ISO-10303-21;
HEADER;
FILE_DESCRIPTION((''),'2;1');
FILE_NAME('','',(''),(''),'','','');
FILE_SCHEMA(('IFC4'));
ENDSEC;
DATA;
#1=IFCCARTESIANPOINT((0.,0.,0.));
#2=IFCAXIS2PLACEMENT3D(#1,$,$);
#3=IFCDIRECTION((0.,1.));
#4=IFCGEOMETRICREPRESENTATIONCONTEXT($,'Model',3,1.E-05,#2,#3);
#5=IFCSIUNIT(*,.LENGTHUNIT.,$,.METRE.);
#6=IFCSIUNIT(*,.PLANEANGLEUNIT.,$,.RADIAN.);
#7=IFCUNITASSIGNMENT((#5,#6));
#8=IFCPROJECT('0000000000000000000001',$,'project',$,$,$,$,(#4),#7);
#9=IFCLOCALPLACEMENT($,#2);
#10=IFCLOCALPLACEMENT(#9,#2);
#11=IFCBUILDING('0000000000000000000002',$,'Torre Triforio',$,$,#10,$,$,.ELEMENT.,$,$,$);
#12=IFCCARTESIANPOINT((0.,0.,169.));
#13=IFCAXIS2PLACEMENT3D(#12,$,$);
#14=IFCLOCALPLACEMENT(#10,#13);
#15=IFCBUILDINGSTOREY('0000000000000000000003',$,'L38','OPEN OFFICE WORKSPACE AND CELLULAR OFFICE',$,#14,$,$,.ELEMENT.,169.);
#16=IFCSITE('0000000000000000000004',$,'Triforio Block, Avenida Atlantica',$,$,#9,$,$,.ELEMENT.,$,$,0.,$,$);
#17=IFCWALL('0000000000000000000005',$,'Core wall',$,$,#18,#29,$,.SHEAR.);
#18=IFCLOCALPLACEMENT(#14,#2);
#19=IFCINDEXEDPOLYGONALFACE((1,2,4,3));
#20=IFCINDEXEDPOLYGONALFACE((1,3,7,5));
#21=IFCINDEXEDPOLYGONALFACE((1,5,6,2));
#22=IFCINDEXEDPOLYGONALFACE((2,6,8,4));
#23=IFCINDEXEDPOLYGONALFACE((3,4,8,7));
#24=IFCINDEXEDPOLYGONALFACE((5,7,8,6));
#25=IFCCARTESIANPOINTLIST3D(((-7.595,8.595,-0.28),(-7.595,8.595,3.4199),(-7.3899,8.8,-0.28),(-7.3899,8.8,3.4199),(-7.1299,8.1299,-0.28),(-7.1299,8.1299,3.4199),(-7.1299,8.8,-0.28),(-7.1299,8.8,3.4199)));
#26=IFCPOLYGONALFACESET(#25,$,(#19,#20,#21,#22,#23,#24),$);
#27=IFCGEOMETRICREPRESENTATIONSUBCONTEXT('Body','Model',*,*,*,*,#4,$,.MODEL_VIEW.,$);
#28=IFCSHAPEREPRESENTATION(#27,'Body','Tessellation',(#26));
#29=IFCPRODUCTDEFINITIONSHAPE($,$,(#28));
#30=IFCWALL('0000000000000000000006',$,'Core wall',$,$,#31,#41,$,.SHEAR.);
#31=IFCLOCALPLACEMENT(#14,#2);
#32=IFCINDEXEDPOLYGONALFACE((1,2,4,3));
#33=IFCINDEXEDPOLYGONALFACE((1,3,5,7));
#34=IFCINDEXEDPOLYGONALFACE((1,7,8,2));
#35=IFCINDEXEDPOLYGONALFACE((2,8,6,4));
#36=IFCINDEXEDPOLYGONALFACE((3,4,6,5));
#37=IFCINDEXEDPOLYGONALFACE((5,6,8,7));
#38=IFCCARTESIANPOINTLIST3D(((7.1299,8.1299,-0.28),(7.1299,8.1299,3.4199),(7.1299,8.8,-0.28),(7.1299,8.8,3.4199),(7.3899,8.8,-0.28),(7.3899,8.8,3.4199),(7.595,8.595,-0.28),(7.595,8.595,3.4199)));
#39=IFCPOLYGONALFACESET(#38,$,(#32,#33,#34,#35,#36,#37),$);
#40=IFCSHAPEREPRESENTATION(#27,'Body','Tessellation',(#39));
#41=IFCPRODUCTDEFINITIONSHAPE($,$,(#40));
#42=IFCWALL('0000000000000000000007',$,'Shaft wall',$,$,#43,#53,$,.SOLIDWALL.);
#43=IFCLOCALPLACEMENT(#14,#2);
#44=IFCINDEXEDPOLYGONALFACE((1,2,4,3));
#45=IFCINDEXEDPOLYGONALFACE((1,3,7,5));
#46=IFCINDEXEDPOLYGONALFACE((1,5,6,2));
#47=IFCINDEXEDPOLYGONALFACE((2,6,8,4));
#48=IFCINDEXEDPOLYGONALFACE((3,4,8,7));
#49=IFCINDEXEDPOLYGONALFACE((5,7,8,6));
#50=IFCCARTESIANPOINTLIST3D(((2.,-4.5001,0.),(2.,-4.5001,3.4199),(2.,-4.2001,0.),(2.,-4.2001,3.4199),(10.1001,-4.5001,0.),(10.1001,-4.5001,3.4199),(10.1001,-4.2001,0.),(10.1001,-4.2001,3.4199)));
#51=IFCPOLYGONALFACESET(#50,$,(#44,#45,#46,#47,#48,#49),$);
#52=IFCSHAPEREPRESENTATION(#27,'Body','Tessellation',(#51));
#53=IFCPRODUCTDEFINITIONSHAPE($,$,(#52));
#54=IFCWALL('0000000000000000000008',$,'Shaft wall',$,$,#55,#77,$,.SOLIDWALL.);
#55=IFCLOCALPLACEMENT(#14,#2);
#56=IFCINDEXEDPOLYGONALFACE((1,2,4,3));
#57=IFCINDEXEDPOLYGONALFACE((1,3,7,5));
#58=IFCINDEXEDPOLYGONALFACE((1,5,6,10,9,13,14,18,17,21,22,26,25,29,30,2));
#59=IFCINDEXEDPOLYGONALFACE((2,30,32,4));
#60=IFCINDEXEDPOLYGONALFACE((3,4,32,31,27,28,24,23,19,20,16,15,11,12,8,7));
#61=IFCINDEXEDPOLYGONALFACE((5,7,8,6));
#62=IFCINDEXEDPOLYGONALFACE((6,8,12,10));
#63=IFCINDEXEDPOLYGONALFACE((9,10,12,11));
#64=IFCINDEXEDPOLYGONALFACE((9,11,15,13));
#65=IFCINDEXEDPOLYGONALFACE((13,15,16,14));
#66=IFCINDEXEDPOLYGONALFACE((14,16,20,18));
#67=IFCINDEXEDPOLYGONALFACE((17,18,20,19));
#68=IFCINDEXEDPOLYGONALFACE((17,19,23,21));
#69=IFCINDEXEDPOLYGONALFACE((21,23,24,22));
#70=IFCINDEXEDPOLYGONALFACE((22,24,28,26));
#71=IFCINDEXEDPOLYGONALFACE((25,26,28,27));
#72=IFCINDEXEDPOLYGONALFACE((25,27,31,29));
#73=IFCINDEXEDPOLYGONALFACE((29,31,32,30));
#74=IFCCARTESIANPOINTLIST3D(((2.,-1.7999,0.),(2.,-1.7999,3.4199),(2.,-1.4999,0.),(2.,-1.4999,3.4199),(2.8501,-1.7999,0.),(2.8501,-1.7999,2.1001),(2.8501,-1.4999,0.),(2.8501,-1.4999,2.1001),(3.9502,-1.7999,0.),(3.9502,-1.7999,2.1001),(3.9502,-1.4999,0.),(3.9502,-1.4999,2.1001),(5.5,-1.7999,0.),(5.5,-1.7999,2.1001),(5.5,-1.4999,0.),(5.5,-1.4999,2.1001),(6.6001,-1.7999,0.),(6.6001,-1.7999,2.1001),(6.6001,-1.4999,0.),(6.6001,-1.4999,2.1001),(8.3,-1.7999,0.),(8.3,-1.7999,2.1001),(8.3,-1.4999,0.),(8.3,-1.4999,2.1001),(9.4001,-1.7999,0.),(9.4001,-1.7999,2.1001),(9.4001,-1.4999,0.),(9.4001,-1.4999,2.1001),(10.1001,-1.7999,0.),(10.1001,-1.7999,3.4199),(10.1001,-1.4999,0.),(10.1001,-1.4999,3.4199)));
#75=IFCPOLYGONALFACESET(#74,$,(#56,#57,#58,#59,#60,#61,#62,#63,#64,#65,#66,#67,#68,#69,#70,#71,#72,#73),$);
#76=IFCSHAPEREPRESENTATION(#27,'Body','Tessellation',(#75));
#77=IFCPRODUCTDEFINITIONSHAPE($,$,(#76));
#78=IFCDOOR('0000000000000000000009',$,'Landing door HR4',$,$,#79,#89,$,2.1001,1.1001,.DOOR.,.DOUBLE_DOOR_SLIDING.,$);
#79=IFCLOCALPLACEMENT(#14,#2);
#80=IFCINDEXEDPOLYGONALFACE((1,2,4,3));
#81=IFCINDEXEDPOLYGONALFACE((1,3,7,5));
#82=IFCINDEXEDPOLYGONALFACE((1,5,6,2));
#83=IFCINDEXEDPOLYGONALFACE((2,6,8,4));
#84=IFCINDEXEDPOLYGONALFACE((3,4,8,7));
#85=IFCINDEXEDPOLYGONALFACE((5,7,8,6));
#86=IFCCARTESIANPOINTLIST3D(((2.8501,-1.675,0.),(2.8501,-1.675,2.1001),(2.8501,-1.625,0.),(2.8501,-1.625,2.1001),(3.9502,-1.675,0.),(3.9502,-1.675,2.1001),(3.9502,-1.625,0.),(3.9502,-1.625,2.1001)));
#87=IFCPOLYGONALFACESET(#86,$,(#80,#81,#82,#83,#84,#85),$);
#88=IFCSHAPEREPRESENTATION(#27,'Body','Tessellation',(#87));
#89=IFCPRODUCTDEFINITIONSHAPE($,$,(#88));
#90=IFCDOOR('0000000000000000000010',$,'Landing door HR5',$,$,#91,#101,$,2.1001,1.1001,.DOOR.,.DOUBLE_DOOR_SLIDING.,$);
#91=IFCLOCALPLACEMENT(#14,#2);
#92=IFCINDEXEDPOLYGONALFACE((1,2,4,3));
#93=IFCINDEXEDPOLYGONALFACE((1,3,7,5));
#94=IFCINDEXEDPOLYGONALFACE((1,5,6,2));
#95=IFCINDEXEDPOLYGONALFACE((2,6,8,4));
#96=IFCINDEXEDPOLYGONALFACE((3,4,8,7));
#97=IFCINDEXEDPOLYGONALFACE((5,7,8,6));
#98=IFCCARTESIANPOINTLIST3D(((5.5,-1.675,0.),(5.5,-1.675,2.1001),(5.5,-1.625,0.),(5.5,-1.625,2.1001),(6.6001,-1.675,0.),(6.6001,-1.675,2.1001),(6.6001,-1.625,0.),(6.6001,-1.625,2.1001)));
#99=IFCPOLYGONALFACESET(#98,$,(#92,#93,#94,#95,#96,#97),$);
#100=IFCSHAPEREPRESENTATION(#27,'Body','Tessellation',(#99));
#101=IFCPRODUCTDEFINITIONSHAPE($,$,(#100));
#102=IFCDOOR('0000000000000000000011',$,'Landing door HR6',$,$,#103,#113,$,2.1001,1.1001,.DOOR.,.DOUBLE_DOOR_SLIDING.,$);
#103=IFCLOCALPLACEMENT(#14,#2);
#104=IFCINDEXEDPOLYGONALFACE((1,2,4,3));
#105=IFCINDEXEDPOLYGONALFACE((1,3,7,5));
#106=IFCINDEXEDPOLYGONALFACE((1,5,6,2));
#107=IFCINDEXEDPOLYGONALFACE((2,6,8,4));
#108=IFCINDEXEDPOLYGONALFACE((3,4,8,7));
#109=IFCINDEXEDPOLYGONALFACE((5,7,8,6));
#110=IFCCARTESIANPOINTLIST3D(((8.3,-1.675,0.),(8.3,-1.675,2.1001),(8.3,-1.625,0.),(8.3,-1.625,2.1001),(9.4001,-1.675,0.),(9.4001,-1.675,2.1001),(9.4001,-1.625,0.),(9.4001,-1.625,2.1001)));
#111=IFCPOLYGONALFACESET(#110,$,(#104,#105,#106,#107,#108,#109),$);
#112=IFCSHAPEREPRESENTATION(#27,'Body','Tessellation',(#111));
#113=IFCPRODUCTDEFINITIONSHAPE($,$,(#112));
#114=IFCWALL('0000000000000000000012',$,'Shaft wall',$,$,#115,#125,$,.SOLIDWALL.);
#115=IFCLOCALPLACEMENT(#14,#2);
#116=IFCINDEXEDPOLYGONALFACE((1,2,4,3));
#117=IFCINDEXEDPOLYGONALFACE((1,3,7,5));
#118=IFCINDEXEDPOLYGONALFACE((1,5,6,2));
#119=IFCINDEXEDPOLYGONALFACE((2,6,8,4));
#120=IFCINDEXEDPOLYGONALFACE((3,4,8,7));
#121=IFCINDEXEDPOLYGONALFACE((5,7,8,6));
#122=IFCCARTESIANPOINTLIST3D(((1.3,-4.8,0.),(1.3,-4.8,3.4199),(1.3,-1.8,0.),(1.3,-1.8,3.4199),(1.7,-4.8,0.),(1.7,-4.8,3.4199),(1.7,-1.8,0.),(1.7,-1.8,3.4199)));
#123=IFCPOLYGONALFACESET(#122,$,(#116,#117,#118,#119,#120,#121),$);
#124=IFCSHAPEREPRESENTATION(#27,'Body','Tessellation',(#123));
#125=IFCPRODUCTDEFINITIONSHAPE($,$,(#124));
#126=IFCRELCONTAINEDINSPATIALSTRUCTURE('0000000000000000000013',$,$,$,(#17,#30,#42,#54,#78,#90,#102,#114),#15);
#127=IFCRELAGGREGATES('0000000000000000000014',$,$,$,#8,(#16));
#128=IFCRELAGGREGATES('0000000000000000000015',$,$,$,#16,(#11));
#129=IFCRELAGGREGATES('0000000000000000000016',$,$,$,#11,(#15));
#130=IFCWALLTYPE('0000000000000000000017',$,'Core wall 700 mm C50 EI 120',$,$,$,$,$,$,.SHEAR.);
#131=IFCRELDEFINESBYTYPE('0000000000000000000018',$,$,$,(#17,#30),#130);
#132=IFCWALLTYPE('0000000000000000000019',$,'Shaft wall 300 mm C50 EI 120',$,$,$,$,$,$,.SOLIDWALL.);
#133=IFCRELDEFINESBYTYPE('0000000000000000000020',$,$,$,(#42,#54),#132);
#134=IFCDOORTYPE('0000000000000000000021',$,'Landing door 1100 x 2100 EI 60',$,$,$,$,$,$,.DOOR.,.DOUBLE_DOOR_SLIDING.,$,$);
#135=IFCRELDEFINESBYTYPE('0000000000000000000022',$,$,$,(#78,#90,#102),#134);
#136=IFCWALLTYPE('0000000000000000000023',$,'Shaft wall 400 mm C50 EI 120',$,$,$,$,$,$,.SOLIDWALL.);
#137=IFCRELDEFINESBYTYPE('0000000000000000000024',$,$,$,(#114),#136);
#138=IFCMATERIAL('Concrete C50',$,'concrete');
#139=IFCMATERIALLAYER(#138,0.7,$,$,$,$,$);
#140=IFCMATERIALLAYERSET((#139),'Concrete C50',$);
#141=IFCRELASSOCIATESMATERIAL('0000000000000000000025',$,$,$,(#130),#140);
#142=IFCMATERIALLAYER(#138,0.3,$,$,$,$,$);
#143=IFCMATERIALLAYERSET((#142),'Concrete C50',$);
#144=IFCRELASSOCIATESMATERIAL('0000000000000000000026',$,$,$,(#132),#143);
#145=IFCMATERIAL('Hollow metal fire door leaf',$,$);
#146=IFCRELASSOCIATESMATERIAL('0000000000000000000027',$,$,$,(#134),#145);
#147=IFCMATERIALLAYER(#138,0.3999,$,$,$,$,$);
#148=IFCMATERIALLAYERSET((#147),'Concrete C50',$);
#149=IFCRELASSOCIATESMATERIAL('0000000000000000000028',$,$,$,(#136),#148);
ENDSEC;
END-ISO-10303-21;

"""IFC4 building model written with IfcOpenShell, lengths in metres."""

from ifc_helpers import new_model, si_unit, direction, frame, frame_2d, origin, place, context, subcontext, project, spatial, polyline, rectangle, outline, extrude, material, layer, layer_set, type_object, element, fill, save


model = new_model("IFC4")

# Units and contexts
model_context = context("Model", 3, precision=1e-05, world=origin(), true_north=direction((0.0, 1.0)))
body_context = subcontext(model_context, "Body", "Model", "MODEL_VIEW")
ifc_project = project(units=[si_unit("LENGTHUNIT", "METRE"), si_unit("PLANEANGLEUNIT", "RADIAN")], contexts=[model_context])

# Site, building, storey
site_placement = place(None, origin())
site = spatial("IfcSite", under=ifc_project, at=site_placement, Name="Triforio Block, Avenida Atlantica", CompositionType="ELEMENT", RefElevation=0.0)
building_placement = place(site_placement, origin())
building = spatial("IfcBuilding", under=site, at=building_placement, Name="Torre Triforio", CompositionType="ELEMENT")
storey_placement = place(building_placement, frame((0.0, 0.0, 169.0)))
storey = spatial("IfcBuildingStorey", under=building, at=storey_placement, Name="L38", Description="OPEN OFFICE WORKSPACE AND CELLULAR OFFICE", CompositionType="ELEMENT", Elevation=169.0)

# Shared definitions
ifc_material_1 = material(Name="Concrete C50", Category="concrete")

# Walls
ifc_layer_1 = layer(ifc_material_1, 0.7)
ifc_layer_set_1 = layer_set([ifc_layer_1], Name="Concrete C50")
wall_type_1 = type_object("IfcWallType", Name="Core wall 700 mm C50 EI 120", PredefinedType="SHEAR", material=ifc_layer_set_1)
wall_1_placement = place(storey_placement, frame((0.0, 0.0, -0.28)))
element("IfcWall", 1, at=wall_1_placement, inside=storey, type_object=wall_type_1, Name="Core wall", PredefinedType="SHEAR", context=body_context, shape_type="SweptSolid", body=[
    extrude(outline(polyline([(-7.3899, 8.8), (-7.1299, 8.8), (-7.1299, 8.8), (-7.1299, 8.1299), (-7.595, 8.595), (-7.595, 8.595), (-7.595, 8.595), (-7.3899, 8.8)])), origin(), (0.0, 0.0, 1.0), 3.7),
])
wall_2_placement = place(storey_placement, frame((0.0, 0.0, -0.28)))
element("IfcWall", 2, at=wall_2_placement, inside=storey, type_object=wall_type_1, Name="Core wall", PredefinedType="SHEAR", context=body_context, shape_type="SweptSolid", body=[
    extrude(outline(polyline([(7.3899, 8.8), (7.595, 8.595), (7.595, 8.595), (7.595, 8.595), (7.1299, 8.1299), (7.1299, 8.8), (7.1299, 8.8), (7.3899, 8.8)])), origin(), (0.0, 0.0, 1.0), 3.7),
])
ifc_layer_2 = layer(ifc_material_1, 0.3)
ifc_layer_set_2 = layer_set([ifc_layer_2], Name="Concrete C50")
wall_type_2 = type_object("IfcWallType", Name="Shaft wall 300 mm C50 EI 120", PredefinedType="SOLIDWALL", material=ifc_layer_set_2)
wall_3_placement = place(storey_placement, frame((2.0, -4.3501, 0.0), z_axis=(0.0, 0.0, 1.0), x_axis=(1.0, 0.0, 0.0)))
element("IfcWall", 3, at=wall_3_placement, inside=storey, type_object=wall_type_2, Name="Shaft wall", PredefinedType="SOLIDWALL", context=body_context, shape_type="SweptSolid", body=[
    extrude(rectangle(XDim=8.1001, YDim=0.3, at=frame_2d((4.05, 0.0))), origin(), (0.0, 0.0, 1.0), 3.4199),
])

# Wall, openings, doors
wall_4_placement = place(storey_placement, frame((2.0, -1.6499, 0.0), z_axis=(0.0, 0.0, 1.0), x_axis=(1.0, 0.0, 0.0)))
wall_4 = element("IfcWall", 4, at=wall_4_placement, inside=storey, type_object=wall_type_2, Name="Shaft wall", PredefinedType="SOLIDWALL", context=body_context, shape_type="SweptSolid", body=[
    extrude(rectangle(XDim=8.1001, YDim=0.3, at=frame_2d((4.05, 0.0))), origin(), (0.0, 0.0, 1.0), 3.4199),
])
opening_1_placement = place(wall_4_placement, frame((0.8501, 0.0, 0.0)))
opening_1 = element("IfcOpeningElement", 5, at=opening_1_placement, cuts=wall_4, PredefinedType="OPENING", context=body_context, shape_type="SweptSolid", body=[
    extrude(rectangle(XDim=1.1001, YDim=2.1001, at=frame_2d((0.55, 1.05))), frame((0.0, 0.1599, 0.0), z_axis=(0.0, -1.0, 0.0), x_axis=(1.0, 0.0, 0.0)), (0.0, 0.0, 1.0), 0.3201),
])
opening_2_placement = place(wall_4_placement, frame((3.5, 0.0, 0.0)))
opening_2 = element("IfcOpeningElement", 6, at=opening_2_placement, cuts=wall_4, PredefinedType="OPENING", context=body_context, shape_type="SweptSolid", body=[
    extrude(rectangle(XDim=1.1001, YDim=2.1001, at=frame_2d((0.55, 1.05))), frame((0.0, 0.1599, 0.0), z_axis=(0.0, -1.0, 0.0), x_axis=(1.0, 0.0, 0.0)), (0.0, 0.0, 1.0), 0.3201),
])
opening_3_placement = place(wall_4_placement, frame((6.3, 0.0, 0.0)))
opening_3 = element("IfcOpeningElement", 7, at=opening_3_placement, cuts=wall_4, PredefinedType="OPENING", context=body_context, shape_type="SweptSolid", body=[
    extrude(rectangle(XDim=1.1001, YDim=2.1001, at=frame_2d((0.55, 1.05))), frame((0.0, 0.1599, 0.0), z_axis=(0.0, -1.0, 0.0), x_axis=(1.0, 0.0, 0.0)), (0.0, 0.0, 1.0), 0.3201),
])
ifc_material_2 = material(Name="Hollow metal fire door leaf")
door_type = type_object("IfcDoorType", Name="Landing door 1100 x 2100 EI 60", OperationType="DOUBLE_DOOR_SLIDING", PredefinedType="DOOR", material=ifc_material_2)
door_1_placement = place(opening_1_placement, origin())
door_1 = element("IfcDoor", 8, at=door_1_placement, inside=storey, type_object=door_type, Name="Landing door HR4", OperationType="DOUBLE_DOOR_SLIDING", OverallHeight=2.1001, OverallWidth=1.1001, PredefinedType="DOOR", context=body_context, shape_type="SweptSolid", body=[
    extrude(rectangle(XDim=1.1001, YDim=2.1001, at=frame_2d((0.55, 1.05))), frame((0.0, 0.0249, 0.0), z_axis=(0.0, -1.0, 0.0), x_axis=(1.0, 0.0, 0.0)), (0.0, 0.0, 1.0), 0.05),
])
fill(opening_1, door_1)
door_2_placement = place(opening_2_placement, origin())
door_2 = element("IfcDoor", 9, at=door_2_placement, inside=storey, type_object=door_type, Name="Landing door HR5", OperationType="DOUBLE_DOOR_SLIDING", OverallHeight=2.1001, OverallWidth=1.1001, PredefinedType="DOOR", context=body_context, shape_type="SweptSolid", body=[
    extrude(rectangle(XDim=1.1001, YDim=2.1001, at=frame_2d((0.55, 1.05))), frame((0.0, 0.0249, 0.0), z_axis=(0.0, -1.0, 0.0), x_axis=(1.0, 0.0, 0.0)), (0.0, 0.0, 1.0), 0.05),
])
fill(opening_2, door_2)
door_3_placement = place(opening_3_placement, origin())
door_3 = element("IfcDoor", 10, at=door_3_placement, inside=storey, type_object=door_type, Name="Landing door HR6", OperationType="DOUBLE_DOOR_SLIDING", OverallHeight=2.1001, OverallWidth=1.1001, PredefinedType="DOOR", context=body_context, shape_type="SweptSolid", body=[
    extrude(rectangle(XDim=1.1001, YDim=2.1001, at=frame_2d((0.55, 1.05))), frame((0.0, 0.0249, 0.0), z_axis=(0.0, -1.0, 0.0), x_axis=(1.0, 0.0, 0.0)), (0.0, 0.0, 1.0), 0.05),
])
fill(opening_3, door_3)

# Wall
ifc_layer_3 = layer(ifc_material_1, 0.3999)
ifc_layer_set_3 = layer_set([ifc_layer_3], Name="Concrete C50")
wall_type_3 = type_object("IfcWallType", Name="Shaft wall 400 mm C50 EI 120", PredefinedType="SOLIDWALL", material=ifc_layer_set_3)
wall_5_placement = place(storey_placement, frame((1.5, -4.8, 0.0), z_axis=(0.0, 0.0, 1.0), x_axis=(0.0, 1.0, 0.0)))
element("IfcWall", 11, at=wall_5_placement, inside=storey, type_object=wall_type_3, Name="Shaft wall", PredefinedType="SOLIDWALL", context=body_context, shape_type="SweptSolid", body=[
    extrude(rectangle(XDim=3.0, YDim=0.3999, at=frame_2d((1.5, 0.0))), origin(), (0.0, 0.0, 1.0), 3.4199),
])

save(model, "model.ifc")
